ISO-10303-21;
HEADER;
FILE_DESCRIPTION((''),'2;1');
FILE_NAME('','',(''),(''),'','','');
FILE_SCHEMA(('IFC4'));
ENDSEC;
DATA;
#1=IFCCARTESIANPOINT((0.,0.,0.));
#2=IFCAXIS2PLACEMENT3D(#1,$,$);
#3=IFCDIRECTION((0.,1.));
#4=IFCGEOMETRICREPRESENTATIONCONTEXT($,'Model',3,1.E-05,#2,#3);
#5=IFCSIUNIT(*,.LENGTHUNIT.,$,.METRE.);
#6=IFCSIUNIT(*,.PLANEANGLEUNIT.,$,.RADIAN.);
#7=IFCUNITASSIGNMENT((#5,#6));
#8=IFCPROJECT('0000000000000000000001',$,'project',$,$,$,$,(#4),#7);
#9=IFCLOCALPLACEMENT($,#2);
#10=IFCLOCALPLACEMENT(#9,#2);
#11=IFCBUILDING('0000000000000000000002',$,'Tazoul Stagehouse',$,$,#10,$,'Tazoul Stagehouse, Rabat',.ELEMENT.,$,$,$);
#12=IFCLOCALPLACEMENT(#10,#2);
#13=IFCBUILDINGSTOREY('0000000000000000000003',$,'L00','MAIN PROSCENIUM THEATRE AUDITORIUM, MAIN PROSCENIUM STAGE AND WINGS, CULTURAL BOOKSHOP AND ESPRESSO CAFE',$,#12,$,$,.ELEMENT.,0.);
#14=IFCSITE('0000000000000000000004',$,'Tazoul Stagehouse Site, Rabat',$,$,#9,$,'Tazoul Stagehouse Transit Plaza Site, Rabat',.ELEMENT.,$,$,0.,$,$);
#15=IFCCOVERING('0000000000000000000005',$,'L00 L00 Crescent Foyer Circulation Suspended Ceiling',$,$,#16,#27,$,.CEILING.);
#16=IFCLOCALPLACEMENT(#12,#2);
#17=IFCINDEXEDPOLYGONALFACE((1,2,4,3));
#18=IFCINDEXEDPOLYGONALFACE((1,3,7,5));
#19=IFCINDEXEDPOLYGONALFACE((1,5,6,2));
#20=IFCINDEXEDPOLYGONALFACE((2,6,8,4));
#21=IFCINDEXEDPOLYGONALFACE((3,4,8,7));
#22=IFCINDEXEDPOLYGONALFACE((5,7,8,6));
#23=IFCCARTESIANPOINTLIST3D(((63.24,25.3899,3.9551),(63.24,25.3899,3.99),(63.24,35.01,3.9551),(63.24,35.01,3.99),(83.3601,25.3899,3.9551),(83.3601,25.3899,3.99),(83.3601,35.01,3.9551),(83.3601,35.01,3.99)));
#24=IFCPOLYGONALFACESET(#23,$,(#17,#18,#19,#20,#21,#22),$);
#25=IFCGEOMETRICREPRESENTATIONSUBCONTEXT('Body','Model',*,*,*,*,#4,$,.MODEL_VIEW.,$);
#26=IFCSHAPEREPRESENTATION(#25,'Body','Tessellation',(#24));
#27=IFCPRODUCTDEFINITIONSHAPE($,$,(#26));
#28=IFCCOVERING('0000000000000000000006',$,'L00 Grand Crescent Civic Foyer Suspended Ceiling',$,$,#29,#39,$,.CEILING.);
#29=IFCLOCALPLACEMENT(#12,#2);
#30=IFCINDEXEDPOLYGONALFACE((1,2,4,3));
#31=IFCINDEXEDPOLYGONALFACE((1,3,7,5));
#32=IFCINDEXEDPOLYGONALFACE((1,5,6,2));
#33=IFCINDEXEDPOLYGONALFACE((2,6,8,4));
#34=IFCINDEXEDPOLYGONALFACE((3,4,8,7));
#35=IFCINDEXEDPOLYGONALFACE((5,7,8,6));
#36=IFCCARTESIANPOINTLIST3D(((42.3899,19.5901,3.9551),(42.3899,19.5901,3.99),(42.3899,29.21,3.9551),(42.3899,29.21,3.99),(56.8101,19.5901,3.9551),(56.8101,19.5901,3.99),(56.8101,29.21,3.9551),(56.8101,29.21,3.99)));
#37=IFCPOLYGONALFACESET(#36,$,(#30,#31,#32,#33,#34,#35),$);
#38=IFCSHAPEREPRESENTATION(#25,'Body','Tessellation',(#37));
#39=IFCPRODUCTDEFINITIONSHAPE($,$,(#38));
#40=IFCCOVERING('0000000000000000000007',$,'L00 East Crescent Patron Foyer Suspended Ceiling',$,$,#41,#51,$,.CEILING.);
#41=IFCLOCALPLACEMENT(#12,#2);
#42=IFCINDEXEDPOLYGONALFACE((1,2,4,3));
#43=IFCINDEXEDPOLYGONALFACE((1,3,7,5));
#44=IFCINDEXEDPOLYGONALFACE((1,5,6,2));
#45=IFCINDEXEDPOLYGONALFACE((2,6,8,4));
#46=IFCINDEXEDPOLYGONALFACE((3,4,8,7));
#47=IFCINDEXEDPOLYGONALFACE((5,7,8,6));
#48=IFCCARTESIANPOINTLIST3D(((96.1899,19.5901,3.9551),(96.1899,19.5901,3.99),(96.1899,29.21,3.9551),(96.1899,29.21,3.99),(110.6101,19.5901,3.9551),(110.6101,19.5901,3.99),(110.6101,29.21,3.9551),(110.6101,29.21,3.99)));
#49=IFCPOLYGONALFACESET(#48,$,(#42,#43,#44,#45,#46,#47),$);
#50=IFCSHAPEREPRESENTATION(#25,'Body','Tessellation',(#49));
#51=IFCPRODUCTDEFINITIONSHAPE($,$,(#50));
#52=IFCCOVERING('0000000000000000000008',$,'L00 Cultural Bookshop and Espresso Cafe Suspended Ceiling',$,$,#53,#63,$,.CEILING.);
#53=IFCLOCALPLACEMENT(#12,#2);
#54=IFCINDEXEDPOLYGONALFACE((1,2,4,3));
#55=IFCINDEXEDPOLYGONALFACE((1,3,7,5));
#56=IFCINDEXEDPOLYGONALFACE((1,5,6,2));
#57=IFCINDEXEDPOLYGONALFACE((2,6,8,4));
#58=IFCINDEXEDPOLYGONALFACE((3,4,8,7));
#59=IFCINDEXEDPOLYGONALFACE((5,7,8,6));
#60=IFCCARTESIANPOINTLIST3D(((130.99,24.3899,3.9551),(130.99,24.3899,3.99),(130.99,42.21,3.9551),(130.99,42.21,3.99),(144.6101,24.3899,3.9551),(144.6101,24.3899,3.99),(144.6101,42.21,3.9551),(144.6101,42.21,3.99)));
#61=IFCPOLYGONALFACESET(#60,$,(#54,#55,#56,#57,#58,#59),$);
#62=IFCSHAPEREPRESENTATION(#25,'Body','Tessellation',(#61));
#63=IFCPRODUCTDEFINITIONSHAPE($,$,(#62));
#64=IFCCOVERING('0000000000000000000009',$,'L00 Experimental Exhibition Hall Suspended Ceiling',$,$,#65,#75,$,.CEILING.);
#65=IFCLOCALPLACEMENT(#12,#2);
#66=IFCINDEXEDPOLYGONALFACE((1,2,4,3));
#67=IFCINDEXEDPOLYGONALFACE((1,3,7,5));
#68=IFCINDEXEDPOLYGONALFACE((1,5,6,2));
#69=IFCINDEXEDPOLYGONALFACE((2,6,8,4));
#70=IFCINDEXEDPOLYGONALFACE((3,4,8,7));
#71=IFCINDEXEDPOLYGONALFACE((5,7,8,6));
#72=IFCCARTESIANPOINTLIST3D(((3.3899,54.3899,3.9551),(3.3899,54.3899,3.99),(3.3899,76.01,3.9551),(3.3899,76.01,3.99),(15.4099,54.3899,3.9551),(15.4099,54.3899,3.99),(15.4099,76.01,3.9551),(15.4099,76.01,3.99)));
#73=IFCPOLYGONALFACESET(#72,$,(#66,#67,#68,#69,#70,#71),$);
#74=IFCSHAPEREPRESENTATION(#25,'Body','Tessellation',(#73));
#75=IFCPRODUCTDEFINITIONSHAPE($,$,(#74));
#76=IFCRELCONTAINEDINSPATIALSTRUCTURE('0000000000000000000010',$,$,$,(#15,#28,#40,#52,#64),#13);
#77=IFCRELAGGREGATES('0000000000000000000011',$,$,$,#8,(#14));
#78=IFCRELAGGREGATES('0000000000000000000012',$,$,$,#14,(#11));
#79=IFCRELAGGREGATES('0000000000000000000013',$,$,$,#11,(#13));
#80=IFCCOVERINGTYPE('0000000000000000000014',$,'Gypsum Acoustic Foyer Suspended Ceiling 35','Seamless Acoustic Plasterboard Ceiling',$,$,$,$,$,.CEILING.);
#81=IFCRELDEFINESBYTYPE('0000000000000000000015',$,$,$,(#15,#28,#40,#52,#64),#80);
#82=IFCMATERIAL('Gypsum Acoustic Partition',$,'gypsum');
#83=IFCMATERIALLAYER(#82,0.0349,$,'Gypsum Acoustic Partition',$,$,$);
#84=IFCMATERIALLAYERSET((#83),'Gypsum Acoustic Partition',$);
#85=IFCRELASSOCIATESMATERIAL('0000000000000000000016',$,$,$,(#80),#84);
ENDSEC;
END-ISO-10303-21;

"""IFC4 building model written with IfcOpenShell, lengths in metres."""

from ifc_helpers import new_model, si_unit, direction, frame, origin, place, context, subcontext, project, spatial, polyline, outline, extrude, material, layer, layer_set, type_object, element, save


model = new_model("IFC4")

# Units and contexts
model_context = context("Model", 3, precision=1e-05, world=origin(), true_north=direction((0.0, 1.0)))
body_context = subcontext(model_context, "Body", "Model", "MODEL_VIEW")
ifc_project = project(units=[si_unit("LENGTHUNIT", "METRE"), si_unit("PLANEANGLEUNIT", "RADIAN")], contexts=[model_context])

# Site, building, storey
site_placement = place(None, origin())
site = spatial("IfcSite", under=ifc_project, at=site_placement, Name="Tazoul Stagehouse Site, Rabat", LongName="Tazoul Stagehouse Transit Plaza Site, Rabat", CompositionType="ELEMENT", RefElevation=0.0)
building_placement = place(site_placement, origin())
building = spatial("IfcBuilding", under=site, at=building_placement, Name="Tazoul Stagehouse", LongName="Tazoul Stagehouse, Rabat", CompositionType="ELEMENT")
storey_placement = place(building_placement, origin())
storey = spatial("IfcBuildingStorey", under=building, at=storey_placement, Name="L00", Description="MAIN PROSCENIUM THEATRE AUDITORIUM, MAIN PROSCENIUM STAGE AND WINGS, CULTURAL BOOKSHOP AND ESPRESSO CAFE", CompositionType="ELEMENT", Elevation=0.0)

# Coverings
ifc_material_1 = material(Name="Gypsum Acoustic Partition", Category="gypsum")
ifc_layer_1 = layer(ifc_material_1, 0.0349, Name="Gypsum Acoustic Partition")
ifc_layer_set_1 = layer_set([ifc_layer_1], Name="Gypsum Acoustic Partition")
covering_type_1 = type_object("IfcCoveringType", Name="Gypsum Acoustic Foyer Suspended Ceiling 35", Description="Seamless Acoustic Plasterboard Ceiling", PredefinedType="CEILING", material=ifc_layer_set_1)
covering_1_placement = place(storey_placement, frame((0.0, 0.0, 3.9551)))
element("IfcCovering", 1, at=covering_1_placement, inside=storey, type_object=covering_type_1, Name="L00 L00 Crescent Foyer Circulation Suspended Ceiling", PredefinedType="CEILING", context=body_context, shape_type="SweptSolid", body=[
    extrude(outline(polyline([(83.3601, 35.01), (83.3601, 25.3899), (63.24, 25.3899), (63.24, 35.01), (83.3601, 35.01)])), origin(), (0.0, 0.0, 1.0), 0.0349),
])
covering_2_placement = place(storey_placement, frame((0.0, 0.0, 3.9551)))
element("IfcCovering", 2, at=covering_2_placement, inside=storey, type_object=covering_type_1, Name="L00 Grand Crescent Civic Foyer Suspended Ceiling", PredefinedType="CEILING", context=body_context, shape_type="SweptSolid", body=[
    extrude(outline(polyline([(56.8101, 29.21), (56.8101, 19.5901), (42.3899, 19.5901), (42.3899, 29.21), (56.8101, 29.21)])), origin(), (0.0, 0.0, 1.0), 0.0349),
])
covering_3_placement = place(storey_placement, frame((0.0, 0.0, 3.9551)))
element("IfcCovering", 3, at=covering_3_placement, inside=storey, type_object=covering_type_1, Name="L00 East Crescent Patron Foyer Suspended Ceiling", PredefinedType="CEILING", context=body_context, shape_type="SweptSolid", body=[
    extrude(outline(polyline([(110.6101, 29.21), (110.6101, 19.5901), (96.1899, 19.5901), (96.1899, 29.21), (110.6101, 29.21)])), origin(), (0.0, 0.0, 1.0), 0.0349),
])
covering_4_placement = place(storey_placement, frame((0.0, 0.0, 3.9551)))
element("IfcCovering", 4, at=covering_4_placement, inside=storey, type_object=covering_type_1, Name="L00 Cultural Bookshop and Espresso Cafe Suspended Ceiling", PredefinedType="CEILING", context=body_context, shape_type="SweptSolid", body=[
    extrude(outline(polyline([(144.6101, 42.21), (144.6101, 24.3899), (130.99, 24.3899), (130.99, 42.21), (144.6101, 42.21)])), origin(), (0.0, 0.0, 1.0), 0.0349),
])
covering_5_placement = place(storey_placement, frame((0.0, 0.0, 3.9551)))
element("IfcCovering", 5, at=covering_5_placement, inside=storey, type_object=covering_type_1, Name="L00 Experimental Exhibition Hall Suspended Ceiling", PredefinedType="CEILING", context=body_context, shape_type="SweptSolid", body=[
    extrude(outline(polyline([(15.4099, 76.01), (15.4099, 54.3899), (3.3899, 54.3899), (3.3899, 76.01), (15.4099, 76.01)])), origin(), (0.0, 0.0, 1.0), 0.0349),
])

save(model, "model.ifc")
